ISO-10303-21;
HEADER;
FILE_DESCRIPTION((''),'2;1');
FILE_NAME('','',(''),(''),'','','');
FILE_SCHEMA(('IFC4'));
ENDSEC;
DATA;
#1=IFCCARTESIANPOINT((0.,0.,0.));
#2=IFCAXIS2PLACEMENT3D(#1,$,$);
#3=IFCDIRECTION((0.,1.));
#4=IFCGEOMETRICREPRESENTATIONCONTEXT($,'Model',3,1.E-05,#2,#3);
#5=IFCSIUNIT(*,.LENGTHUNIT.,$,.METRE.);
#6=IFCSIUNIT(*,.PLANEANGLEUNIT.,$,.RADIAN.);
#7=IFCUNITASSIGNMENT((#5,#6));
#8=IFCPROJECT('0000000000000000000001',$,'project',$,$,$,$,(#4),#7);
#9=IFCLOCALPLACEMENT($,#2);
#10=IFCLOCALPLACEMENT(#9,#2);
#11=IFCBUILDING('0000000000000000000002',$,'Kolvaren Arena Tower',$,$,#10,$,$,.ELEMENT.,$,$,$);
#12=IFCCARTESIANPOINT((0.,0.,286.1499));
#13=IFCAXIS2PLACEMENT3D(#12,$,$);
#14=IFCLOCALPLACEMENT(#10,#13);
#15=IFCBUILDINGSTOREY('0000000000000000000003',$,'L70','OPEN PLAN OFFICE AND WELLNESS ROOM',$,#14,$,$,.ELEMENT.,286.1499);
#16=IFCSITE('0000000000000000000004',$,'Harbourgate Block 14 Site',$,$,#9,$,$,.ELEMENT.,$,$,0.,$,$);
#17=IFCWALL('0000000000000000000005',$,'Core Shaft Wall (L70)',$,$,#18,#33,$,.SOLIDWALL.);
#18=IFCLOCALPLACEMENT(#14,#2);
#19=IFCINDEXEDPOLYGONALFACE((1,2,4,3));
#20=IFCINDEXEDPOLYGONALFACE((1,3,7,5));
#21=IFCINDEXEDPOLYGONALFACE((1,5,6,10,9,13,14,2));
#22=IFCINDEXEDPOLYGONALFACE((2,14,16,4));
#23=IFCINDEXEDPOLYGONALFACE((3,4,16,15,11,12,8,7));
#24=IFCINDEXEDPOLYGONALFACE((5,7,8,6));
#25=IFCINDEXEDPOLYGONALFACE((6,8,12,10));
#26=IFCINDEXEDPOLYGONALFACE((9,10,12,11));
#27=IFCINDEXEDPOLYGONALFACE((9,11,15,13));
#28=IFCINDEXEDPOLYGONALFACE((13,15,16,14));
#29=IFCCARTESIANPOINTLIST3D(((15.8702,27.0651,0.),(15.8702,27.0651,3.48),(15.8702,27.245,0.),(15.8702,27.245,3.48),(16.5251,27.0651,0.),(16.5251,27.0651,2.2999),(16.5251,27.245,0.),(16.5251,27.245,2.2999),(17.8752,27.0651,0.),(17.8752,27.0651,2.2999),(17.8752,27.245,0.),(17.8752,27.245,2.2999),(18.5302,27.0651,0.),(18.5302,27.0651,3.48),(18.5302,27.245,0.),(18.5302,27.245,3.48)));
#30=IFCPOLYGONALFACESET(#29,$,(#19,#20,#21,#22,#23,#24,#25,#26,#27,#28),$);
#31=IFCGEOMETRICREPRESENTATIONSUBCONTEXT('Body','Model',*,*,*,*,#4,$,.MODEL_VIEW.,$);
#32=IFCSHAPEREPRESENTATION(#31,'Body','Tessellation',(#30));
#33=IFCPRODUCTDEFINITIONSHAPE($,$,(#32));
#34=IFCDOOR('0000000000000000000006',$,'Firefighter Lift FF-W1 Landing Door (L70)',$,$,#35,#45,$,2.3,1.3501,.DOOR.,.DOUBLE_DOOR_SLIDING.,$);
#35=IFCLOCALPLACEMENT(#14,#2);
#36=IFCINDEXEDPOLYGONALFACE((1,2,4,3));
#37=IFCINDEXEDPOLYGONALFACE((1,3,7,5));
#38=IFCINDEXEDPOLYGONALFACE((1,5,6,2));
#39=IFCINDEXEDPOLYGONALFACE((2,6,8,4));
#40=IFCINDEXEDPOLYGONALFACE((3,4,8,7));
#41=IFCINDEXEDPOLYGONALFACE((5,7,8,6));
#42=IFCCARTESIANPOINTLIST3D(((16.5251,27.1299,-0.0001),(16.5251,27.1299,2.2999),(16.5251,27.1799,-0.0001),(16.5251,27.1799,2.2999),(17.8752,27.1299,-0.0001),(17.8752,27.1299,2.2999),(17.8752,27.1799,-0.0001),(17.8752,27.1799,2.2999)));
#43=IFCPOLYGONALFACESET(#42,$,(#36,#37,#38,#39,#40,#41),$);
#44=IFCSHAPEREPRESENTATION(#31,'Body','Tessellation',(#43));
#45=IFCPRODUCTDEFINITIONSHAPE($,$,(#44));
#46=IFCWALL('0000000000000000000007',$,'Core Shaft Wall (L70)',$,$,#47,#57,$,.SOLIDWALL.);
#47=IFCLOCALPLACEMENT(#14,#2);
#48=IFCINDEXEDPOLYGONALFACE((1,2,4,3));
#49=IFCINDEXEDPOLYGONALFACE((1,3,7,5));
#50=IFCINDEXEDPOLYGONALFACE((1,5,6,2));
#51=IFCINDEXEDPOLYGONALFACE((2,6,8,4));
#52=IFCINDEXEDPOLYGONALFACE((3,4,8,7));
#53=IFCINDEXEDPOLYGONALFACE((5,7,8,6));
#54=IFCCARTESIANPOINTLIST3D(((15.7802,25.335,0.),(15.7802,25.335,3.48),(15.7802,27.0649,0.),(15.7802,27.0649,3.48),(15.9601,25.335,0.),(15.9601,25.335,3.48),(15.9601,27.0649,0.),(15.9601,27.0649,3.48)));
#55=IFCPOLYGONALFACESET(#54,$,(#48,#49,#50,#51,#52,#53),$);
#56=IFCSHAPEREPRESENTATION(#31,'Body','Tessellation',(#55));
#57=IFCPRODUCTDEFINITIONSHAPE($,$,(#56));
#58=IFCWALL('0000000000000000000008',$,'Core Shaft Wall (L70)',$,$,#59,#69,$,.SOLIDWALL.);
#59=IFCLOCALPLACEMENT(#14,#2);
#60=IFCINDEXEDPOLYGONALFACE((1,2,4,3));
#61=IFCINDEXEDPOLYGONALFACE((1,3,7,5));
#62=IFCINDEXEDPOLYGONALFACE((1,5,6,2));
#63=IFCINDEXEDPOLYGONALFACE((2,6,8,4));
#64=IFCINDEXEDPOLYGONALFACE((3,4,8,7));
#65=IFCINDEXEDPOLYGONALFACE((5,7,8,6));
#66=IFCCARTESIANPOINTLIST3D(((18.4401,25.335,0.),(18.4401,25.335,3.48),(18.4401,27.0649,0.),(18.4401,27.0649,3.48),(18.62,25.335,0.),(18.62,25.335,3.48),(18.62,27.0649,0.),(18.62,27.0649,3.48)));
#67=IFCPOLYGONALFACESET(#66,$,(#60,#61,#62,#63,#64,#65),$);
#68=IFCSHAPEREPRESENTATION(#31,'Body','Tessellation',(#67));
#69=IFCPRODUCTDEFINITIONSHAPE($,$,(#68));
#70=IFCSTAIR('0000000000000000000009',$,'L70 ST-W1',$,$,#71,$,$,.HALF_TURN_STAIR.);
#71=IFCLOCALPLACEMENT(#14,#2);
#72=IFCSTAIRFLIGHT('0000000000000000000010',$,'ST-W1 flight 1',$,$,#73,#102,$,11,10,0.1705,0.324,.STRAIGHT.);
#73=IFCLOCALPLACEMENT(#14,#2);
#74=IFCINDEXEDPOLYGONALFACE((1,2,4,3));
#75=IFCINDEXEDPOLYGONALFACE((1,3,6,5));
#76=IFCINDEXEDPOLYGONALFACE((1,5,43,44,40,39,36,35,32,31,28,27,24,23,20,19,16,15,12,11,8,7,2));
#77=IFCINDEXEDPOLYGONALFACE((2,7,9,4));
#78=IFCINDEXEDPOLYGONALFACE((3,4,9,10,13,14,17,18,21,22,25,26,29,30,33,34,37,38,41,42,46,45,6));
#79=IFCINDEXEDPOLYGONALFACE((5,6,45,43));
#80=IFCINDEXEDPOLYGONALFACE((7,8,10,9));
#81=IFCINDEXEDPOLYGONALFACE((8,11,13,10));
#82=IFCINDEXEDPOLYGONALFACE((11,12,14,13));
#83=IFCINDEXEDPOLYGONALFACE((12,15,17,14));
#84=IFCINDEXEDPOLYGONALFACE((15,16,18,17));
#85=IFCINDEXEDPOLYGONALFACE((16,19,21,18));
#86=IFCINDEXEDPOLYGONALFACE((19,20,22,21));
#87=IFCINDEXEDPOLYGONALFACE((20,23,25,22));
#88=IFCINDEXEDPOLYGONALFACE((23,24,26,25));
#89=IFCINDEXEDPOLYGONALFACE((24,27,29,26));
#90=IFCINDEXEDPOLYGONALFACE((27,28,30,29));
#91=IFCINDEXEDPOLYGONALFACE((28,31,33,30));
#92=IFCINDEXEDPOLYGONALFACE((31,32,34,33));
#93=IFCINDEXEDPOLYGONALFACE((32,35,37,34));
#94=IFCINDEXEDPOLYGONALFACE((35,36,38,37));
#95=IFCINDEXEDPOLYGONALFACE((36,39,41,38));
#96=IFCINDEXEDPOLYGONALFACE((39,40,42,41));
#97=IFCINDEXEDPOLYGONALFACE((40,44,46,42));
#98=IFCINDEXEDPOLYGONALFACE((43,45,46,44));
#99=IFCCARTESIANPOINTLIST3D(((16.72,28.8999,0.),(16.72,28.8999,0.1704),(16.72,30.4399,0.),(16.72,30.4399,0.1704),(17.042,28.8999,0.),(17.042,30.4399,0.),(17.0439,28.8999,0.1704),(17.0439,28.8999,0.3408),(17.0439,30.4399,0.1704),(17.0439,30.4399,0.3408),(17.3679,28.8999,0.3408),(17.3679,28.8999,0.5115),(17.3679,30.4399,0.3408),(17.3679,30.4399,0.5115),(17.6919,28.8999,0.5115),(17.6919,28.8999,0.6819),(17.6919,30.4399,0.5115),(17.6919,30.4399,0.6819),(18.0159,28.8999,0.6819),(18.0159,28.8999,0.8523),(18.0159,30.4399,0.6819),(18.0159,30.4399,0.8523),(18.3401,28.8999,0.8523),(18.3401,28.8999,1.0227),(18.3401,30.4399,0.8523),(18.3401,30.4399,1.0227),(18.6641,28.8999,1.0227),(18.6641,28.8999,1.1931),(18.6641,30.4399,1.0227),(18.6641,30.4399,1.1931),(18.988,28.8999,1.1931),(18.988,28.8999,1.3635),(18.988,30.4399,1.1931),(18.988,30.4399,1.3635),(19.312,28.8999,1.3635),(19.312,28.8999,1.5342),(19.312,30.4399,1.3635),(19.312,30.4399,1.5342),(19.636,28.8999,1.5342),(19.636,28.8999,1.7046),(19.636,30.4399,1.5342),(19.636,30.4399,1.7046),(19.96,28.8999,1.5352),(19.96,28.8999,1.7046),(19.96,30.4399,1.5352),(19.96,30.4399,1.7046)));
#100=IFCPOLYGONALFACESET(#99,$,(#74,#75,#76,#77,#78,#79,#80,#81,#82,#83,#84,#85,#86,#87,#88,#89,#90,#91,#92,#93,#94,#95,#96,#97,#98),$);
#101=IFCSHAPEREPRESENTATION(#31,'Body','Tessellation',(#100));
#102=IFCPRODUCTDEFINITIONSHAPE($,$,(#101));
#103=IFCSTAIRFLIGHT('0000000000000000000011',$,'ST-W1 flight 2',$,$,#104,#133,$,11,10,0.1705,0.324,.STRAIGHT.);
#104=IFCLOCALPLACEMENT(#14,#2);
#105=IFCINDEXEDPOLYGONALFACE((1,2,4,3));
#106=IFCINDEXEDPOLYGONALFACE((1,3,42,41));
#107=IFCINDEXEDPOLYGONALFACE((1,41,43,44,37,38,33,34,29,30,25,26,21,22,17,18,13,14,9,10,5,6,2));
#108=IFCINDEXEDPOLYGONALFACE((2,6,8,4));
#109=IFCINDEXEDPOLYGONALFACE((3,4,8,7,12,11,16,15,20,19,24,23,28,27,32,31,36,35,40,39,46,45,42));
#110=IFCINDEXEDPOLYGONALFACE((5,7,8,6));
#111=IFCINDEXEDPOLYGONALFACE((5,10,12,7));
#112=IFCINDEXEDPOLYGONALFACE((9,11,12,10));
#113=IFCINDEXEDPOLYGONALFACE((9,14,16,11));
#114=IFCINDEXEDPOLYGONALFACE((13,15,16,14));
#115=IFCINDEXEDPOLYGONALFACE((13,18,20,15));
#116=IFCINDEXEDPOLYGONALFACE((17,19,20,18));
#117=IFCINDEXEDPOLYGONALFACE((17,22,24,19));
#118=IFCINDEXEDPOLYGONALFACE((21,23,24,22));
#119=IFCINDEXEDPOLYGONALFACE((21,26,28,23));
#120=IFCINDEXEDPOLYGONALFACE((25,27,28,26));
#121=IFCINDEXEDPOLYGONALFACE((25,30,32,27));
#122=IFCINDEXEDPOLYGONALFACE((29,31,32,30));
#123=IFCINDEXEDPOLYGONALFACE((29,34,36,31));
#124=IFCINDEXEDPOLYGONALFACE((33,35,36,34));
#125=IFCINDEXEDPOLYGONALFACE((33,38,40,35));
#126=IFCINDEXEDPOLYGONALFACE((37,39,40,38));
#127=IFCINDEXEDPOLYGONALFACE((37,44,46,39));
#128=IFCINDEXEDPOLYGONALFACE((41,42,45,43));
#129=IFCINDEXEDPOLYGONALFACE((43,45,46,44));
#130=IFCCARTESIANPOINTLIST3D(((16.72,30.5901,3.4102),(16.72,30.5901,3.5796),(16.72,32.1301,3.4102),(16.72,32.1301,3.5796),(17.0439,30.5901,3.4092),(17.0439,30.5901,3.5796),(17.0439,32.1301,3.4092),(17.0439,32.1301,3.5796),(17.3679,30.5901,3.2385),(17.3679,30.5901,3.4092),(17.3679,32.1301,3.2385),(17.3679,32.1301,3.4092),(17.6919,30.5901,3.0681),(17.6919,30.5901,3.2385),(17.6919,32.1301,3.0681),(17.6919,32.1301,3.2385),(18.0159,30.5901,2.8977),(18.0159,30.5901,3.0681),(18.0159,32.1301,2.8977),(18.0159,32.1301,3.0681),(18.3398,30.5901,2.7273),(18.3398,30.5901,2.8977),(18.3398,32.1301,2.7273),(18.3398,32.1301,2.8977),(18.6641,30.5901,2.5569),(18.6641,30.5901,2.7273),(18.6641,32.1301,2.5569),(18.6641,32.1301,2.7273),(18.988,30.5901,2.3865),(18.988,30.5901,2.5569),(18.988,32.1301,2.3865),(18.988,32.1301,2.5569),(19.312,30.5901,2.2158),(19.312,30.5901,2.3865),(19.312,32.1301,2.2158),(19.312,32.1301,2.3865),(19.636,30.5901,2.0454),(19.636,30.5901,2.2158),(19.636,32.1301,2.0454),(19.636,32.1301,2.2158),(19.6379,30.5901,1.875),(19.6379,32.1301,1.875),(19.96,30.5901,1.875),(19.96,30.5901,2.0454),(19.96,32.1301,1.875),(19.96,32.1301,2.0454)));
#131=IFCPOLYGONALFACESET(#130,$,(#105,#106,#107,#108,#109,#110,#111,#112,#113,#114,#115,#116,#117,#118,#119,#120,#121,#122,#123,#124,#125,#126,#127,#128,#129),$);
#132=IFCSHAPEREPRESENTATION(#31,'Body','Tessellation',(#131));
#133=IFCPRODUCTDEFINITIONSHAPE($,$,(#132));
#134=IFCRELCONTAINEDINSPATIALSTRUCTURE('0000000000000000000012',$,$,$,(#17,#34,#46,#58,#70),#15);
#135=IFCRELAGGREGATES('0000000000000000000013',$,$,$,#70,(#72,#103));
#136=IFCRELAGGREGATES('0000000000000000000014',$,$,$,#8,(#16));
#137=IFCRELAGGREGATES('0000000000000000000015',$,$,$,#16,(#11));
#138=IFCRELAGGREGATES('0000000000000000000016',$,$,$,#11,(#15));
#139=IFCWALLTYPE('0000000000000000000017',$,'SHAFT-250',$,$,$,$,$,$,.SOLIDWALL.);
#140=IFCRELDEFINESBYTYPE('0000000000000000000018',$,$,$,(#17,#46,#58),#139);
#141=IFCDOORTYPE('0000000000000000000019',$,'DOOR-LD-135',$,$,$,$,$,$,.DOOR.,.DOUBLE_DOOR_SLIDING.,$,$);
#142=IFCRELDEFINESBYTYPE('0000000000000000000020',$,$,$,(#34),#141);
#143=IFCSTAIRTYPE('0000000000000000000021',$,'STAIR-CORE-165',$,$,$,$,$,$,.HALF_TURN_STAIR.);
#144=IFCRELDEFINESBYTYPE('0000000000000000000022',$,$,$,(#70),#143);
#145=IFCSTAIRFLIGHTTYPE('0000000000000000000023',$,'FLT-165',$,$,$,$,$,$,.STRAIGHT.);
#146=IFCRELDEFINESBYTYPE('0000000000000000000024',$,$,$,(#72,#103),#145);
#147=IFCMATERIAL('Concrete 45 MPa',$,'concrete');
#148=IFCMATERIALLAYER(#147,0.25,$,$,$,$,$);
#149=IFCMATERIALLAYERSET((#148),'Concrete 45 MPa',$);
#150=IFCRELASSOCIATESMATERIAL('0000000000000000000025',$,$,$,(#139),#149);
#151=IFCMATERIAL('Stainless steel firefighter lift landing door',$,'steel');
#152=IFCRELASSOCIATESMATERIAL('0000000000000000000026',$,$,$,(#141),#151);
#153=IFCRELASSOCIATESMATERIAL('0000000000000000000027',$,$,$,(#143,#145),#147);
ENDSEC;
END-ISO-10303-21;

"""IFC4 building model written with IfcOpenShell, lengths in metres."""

from ifc_helpers import new_model, si_unit, direction, frame, frame_2d, origin, place, context, subcontext, project, spatial, polyline, rectangle, outline, extrude, material, layer, layer_set, type_object, element, fill, aggregate, save


model = new_model("IFC4")

# Units and contexts
model_context = context("Model", 3, precision=1e-05, world=origin(), true_north=direction((0.0, 1.0)))
body_context = subcontext(model_context, "Body", "Model", "MODEL_VIEW")
ifc_project = project(units=[si_unit("LENGTHUNIT", "METRE"), si_unit("PLANEANGLEUNIT", "RADIAN")], contexts=[model_context])

# Site, building, storey
site_placement = place(None, origin())
site = spatial("IfcSite", under=ifc_project, at=site_placement, Name="Harbourgate Block 14 Site", CompositionType="ELEMENT", RefElevation=0.0)
building_placement = place(site_placement, origin())
building = spatial("IfcBuilding", under=site, at=building_placement, Name="Kolvaren Arena Tower", CompositionType="ELEMENT")
storey_placement = place(building_placement, frame((0.0, 0.0, 286.1499)))
storey = spatial("IfcBuildingStorey", under=building, at=storey_placement, Name="L70", Description="OPEN PLAN OFFICE AND WELLNESS ROOM", CompositionType="ELEMENT", Elevation=286.1499)

# Shared definitions
ifc_material_1 = material(Name="Concrete 45 MPa", Category="concrete")
ifc_layer_1 = layer(ifc_material_1, 0.25)
ifc_layer_set_1 = layer_set([ifc_layer_1], Name="Concrete 45 MPa")
wall_type_1 = type_object("IfcWallType", Name="SHAFT-250", PredefinedType="SOLIDWALL", material=ifc_layer_set_1)

# Wall, opening, door
wall_1_placement = place(storey_placement, frame((15.8701, 27.155, 0.0), z_axis=(0.0, 0.0, 1.0), x_axis=(1.0, 0.0, 0.0)))
wall_1 = element("IfcWall", 1, at=wall_1_placement, inside=storey, type_object=wall_type_1, Name="Core Shaft Wall (L70)", PredefinedType="SOLIDWALL", context=body_context, shape_type="SweptSolid", body=[
    extrude(rectangle(XDim=2.6599, YDim=0.1799, at=frame_2d((1.3301, 0.0))), origin(), (0.0, 0.0, 1.0), 3.48),
])
opening_placement = place(wall_1_placement, frame((0.655, 0.0, 0.0)))
opening = element("IfcOpeningElement", 2, at=opening_placement, cuts=wall_1, PredefinedType="OPENING", context=body_context, shape_type="SweptSolid", body=[
    extrude(rectangle(XDim=1.3501, YDim=2.3, at=frame_2d((0.675, 1.1499))), frame((0.0, 0.0999, 0.0), z_axis=(0.0, -1.0, 0.0), x_axis=(1.0, 0.0, 0.0)), (0.0, 0.0, 1.0), 0.2),
])
ifc_material_2 = material(Name="Stainless steel firefighter lift landing door", Category="steel")
door_type = type_object("IfcDoorType", Name="DOOR-LD-135", OperationType="DOUBLE_DOOR_SLIDING", PredefinedType="DOOR", material=ifc_material_2)
door_placement = place(opening_placement, origin())
door = element("IfcDoor", 3, at=door_placement, inside=storey, type_object=door_type, Name="Firefighter Lift FF-W1 Landing Door (L70)", OperationType="DOUBLE_DOOR_SLIDING", OverallHeight=2.3, OverallWidth=1.3501, PredefinedType="DOOR", context=body_context, shape_type="SweptSolid", body=[
    extrude(rectangle(XDim=1.3501, YDim=2.3, at=frame_2d((0.675, 1.1499))), frame((0.0, 0.0249, 0.0), z_axis=(0.0, -1.0, 0.0), x_axis=(1.0, 0.0, 0.0)), (0.0, 0.0, 1.0), 0.05),
])
fill(opening, door)

# Walls
for number, where, z_axis, x_axis, name in (
    (4, (15.8701, 25.335, 0.0), (0.0, 0.0, 1.0), (0.0, 1.0, 0.0), "Core Shaft Wall (L70)"),
    (5, (18.53, 25.335, 0.0), (0.0, 0.0, 1.0), (0.0, 1.0, 0.0), "Core Shaft Wall (L70)"),
):
    element("IfcWall", number, at=place(storey_placement, frame(where, z_axis=z_axis, x_axis=x_axis)), inside=storey, type_object=wall_type_1, Name=name, PredefinedType="SOLIDWALL", context=body_context, shape_type="SweptSolid", body=[
        extrude(rectangle(XDim=1.73, YDim=0.1799, at=frame_2d((0.865, 0.0))), origin(), (0.0, 0.0, 1.0), 3.48),
    ])

# Stair, stair flights
stair_type = type_object("IfcStairType", Name="STAIR-CORE-165", PredefinedType="HALF_TURN_STAIR", material=ifc_material_1)
stair_placement = place(storey_placement, origin())
stair = element("IfcStair", 6, at=stair_placement, inside=storey, type_object=stair_type, Name="L70 ST-W1", PredefinedType="HALF_TURN_STAIR")
stair_flight_type = type_object("IfcStairFlightType", Name="FLT-165", PredefinedType="STRAIGHT", material=ifc_material_1)
stair_flight_1_placement = place(storey_placement, frame((16.72, 29.6699, 0.0), z_axis=(0.0, 0.0, 1.0), x_axis=(1.0, 0.0, 0.0)))
stair_flight_1 = element("IfcStairFlight", 7, at=stair_flight_1_placement, type_object=stair_flight_type, Name="ST-W1 flight 1", NumberOfRisers=11, NumberOfTreads=10, PredefinedType="STRAIGHT", RiserHeight=0.1705, TreadLength=0.324, context=body_context, shape_type="SweptSolid", body=[
    extrude(outline(polyline([(0.0, 0.0), (0.0, 0.1704), (0.324, 0.1704), (0.324, 0.3408), (0.6479, 0.3408), (0.6479, 0.5115), (0.9719, 0.5115), (0.9719, 0.6819), (1.2959, 0.6819), (1.2959, 0.8523), (1.6201, 0.8523), (1.6201, 1.0227), (1.9441, 1.0227), (1.9441, 1.1931), (2.2681, 1.1931), (2.2681, 1.3635), (2.592, 1.3635), (2.592, 1.5342), (2.916, 1.5342), (2.916, 1.7046), (3.24, 1.7046), (3.24, 1.875), (3.24, 1.5352), (0.322, 0.0), (0.0, 0.0)])), frame((0.0, 0.77, 0.0), z_axis=(0.0, -1.0, 0.0), x_axis=(1.0, 0.0, 0.0)), (0.0, 0.0, 1.0), 1.54),
])
stair_flight_2_placement = place(storey_placement, frame((19.96, 31.3601, 1.875), z_axis=(0.0, 0.0, 1.0), x_axis=(-1.0, 0.0, 0.0)))
stair_flight_2 = element("IfcStairFlight", 8, at=stair_flight_2_placement, type_object=stair_flight_type, Name="ST-W1 flight 2", NumberOfRisers=11, NumberOfTreads=10, PredefinedType="STRAIGHT", RiserHeight=0.1705, TreadLength=0.324, context=body_context, shape_type="SweptSolid", body=[
    extrude(outline(polyline([(0.0, 0.0), (0.0, 0.1704), (0.324, 0.1704), (0.324, 0.3408), (0.6479, 0.3408), (0.6479, 0.5115), (0.9719, 0.5115), (0.9719, 0.6819), (1.2959, 0.6819), (1.2959, 0.8523), (1.6201, 0.8523), (1.6201, 1.0227), (1.9441, 1.0227), (1.9441, 1.1931), (2.2681, 1.1931), (2.2681, 1.3635), (2.592, 1.3635), (2.592, 1.5342), (2.916, 1.5342), (2.916, 1.7046), (3.24, 1.7046), (3.24, 1.875), (3.24, 1.5352), (0.322, 0.0), (0.0, 0.0)])), frame((0.0, 0.77, 0.0), z_axis=(0.0, -1.0, 0.0), x_axis=(1.0, 0.0, 0.0)), (0.0, 0.0, 1.0), 1.54),
])
aggregate(stair, [stair_flight_1, stair_flight_2])

save(model, "model.ifc")
